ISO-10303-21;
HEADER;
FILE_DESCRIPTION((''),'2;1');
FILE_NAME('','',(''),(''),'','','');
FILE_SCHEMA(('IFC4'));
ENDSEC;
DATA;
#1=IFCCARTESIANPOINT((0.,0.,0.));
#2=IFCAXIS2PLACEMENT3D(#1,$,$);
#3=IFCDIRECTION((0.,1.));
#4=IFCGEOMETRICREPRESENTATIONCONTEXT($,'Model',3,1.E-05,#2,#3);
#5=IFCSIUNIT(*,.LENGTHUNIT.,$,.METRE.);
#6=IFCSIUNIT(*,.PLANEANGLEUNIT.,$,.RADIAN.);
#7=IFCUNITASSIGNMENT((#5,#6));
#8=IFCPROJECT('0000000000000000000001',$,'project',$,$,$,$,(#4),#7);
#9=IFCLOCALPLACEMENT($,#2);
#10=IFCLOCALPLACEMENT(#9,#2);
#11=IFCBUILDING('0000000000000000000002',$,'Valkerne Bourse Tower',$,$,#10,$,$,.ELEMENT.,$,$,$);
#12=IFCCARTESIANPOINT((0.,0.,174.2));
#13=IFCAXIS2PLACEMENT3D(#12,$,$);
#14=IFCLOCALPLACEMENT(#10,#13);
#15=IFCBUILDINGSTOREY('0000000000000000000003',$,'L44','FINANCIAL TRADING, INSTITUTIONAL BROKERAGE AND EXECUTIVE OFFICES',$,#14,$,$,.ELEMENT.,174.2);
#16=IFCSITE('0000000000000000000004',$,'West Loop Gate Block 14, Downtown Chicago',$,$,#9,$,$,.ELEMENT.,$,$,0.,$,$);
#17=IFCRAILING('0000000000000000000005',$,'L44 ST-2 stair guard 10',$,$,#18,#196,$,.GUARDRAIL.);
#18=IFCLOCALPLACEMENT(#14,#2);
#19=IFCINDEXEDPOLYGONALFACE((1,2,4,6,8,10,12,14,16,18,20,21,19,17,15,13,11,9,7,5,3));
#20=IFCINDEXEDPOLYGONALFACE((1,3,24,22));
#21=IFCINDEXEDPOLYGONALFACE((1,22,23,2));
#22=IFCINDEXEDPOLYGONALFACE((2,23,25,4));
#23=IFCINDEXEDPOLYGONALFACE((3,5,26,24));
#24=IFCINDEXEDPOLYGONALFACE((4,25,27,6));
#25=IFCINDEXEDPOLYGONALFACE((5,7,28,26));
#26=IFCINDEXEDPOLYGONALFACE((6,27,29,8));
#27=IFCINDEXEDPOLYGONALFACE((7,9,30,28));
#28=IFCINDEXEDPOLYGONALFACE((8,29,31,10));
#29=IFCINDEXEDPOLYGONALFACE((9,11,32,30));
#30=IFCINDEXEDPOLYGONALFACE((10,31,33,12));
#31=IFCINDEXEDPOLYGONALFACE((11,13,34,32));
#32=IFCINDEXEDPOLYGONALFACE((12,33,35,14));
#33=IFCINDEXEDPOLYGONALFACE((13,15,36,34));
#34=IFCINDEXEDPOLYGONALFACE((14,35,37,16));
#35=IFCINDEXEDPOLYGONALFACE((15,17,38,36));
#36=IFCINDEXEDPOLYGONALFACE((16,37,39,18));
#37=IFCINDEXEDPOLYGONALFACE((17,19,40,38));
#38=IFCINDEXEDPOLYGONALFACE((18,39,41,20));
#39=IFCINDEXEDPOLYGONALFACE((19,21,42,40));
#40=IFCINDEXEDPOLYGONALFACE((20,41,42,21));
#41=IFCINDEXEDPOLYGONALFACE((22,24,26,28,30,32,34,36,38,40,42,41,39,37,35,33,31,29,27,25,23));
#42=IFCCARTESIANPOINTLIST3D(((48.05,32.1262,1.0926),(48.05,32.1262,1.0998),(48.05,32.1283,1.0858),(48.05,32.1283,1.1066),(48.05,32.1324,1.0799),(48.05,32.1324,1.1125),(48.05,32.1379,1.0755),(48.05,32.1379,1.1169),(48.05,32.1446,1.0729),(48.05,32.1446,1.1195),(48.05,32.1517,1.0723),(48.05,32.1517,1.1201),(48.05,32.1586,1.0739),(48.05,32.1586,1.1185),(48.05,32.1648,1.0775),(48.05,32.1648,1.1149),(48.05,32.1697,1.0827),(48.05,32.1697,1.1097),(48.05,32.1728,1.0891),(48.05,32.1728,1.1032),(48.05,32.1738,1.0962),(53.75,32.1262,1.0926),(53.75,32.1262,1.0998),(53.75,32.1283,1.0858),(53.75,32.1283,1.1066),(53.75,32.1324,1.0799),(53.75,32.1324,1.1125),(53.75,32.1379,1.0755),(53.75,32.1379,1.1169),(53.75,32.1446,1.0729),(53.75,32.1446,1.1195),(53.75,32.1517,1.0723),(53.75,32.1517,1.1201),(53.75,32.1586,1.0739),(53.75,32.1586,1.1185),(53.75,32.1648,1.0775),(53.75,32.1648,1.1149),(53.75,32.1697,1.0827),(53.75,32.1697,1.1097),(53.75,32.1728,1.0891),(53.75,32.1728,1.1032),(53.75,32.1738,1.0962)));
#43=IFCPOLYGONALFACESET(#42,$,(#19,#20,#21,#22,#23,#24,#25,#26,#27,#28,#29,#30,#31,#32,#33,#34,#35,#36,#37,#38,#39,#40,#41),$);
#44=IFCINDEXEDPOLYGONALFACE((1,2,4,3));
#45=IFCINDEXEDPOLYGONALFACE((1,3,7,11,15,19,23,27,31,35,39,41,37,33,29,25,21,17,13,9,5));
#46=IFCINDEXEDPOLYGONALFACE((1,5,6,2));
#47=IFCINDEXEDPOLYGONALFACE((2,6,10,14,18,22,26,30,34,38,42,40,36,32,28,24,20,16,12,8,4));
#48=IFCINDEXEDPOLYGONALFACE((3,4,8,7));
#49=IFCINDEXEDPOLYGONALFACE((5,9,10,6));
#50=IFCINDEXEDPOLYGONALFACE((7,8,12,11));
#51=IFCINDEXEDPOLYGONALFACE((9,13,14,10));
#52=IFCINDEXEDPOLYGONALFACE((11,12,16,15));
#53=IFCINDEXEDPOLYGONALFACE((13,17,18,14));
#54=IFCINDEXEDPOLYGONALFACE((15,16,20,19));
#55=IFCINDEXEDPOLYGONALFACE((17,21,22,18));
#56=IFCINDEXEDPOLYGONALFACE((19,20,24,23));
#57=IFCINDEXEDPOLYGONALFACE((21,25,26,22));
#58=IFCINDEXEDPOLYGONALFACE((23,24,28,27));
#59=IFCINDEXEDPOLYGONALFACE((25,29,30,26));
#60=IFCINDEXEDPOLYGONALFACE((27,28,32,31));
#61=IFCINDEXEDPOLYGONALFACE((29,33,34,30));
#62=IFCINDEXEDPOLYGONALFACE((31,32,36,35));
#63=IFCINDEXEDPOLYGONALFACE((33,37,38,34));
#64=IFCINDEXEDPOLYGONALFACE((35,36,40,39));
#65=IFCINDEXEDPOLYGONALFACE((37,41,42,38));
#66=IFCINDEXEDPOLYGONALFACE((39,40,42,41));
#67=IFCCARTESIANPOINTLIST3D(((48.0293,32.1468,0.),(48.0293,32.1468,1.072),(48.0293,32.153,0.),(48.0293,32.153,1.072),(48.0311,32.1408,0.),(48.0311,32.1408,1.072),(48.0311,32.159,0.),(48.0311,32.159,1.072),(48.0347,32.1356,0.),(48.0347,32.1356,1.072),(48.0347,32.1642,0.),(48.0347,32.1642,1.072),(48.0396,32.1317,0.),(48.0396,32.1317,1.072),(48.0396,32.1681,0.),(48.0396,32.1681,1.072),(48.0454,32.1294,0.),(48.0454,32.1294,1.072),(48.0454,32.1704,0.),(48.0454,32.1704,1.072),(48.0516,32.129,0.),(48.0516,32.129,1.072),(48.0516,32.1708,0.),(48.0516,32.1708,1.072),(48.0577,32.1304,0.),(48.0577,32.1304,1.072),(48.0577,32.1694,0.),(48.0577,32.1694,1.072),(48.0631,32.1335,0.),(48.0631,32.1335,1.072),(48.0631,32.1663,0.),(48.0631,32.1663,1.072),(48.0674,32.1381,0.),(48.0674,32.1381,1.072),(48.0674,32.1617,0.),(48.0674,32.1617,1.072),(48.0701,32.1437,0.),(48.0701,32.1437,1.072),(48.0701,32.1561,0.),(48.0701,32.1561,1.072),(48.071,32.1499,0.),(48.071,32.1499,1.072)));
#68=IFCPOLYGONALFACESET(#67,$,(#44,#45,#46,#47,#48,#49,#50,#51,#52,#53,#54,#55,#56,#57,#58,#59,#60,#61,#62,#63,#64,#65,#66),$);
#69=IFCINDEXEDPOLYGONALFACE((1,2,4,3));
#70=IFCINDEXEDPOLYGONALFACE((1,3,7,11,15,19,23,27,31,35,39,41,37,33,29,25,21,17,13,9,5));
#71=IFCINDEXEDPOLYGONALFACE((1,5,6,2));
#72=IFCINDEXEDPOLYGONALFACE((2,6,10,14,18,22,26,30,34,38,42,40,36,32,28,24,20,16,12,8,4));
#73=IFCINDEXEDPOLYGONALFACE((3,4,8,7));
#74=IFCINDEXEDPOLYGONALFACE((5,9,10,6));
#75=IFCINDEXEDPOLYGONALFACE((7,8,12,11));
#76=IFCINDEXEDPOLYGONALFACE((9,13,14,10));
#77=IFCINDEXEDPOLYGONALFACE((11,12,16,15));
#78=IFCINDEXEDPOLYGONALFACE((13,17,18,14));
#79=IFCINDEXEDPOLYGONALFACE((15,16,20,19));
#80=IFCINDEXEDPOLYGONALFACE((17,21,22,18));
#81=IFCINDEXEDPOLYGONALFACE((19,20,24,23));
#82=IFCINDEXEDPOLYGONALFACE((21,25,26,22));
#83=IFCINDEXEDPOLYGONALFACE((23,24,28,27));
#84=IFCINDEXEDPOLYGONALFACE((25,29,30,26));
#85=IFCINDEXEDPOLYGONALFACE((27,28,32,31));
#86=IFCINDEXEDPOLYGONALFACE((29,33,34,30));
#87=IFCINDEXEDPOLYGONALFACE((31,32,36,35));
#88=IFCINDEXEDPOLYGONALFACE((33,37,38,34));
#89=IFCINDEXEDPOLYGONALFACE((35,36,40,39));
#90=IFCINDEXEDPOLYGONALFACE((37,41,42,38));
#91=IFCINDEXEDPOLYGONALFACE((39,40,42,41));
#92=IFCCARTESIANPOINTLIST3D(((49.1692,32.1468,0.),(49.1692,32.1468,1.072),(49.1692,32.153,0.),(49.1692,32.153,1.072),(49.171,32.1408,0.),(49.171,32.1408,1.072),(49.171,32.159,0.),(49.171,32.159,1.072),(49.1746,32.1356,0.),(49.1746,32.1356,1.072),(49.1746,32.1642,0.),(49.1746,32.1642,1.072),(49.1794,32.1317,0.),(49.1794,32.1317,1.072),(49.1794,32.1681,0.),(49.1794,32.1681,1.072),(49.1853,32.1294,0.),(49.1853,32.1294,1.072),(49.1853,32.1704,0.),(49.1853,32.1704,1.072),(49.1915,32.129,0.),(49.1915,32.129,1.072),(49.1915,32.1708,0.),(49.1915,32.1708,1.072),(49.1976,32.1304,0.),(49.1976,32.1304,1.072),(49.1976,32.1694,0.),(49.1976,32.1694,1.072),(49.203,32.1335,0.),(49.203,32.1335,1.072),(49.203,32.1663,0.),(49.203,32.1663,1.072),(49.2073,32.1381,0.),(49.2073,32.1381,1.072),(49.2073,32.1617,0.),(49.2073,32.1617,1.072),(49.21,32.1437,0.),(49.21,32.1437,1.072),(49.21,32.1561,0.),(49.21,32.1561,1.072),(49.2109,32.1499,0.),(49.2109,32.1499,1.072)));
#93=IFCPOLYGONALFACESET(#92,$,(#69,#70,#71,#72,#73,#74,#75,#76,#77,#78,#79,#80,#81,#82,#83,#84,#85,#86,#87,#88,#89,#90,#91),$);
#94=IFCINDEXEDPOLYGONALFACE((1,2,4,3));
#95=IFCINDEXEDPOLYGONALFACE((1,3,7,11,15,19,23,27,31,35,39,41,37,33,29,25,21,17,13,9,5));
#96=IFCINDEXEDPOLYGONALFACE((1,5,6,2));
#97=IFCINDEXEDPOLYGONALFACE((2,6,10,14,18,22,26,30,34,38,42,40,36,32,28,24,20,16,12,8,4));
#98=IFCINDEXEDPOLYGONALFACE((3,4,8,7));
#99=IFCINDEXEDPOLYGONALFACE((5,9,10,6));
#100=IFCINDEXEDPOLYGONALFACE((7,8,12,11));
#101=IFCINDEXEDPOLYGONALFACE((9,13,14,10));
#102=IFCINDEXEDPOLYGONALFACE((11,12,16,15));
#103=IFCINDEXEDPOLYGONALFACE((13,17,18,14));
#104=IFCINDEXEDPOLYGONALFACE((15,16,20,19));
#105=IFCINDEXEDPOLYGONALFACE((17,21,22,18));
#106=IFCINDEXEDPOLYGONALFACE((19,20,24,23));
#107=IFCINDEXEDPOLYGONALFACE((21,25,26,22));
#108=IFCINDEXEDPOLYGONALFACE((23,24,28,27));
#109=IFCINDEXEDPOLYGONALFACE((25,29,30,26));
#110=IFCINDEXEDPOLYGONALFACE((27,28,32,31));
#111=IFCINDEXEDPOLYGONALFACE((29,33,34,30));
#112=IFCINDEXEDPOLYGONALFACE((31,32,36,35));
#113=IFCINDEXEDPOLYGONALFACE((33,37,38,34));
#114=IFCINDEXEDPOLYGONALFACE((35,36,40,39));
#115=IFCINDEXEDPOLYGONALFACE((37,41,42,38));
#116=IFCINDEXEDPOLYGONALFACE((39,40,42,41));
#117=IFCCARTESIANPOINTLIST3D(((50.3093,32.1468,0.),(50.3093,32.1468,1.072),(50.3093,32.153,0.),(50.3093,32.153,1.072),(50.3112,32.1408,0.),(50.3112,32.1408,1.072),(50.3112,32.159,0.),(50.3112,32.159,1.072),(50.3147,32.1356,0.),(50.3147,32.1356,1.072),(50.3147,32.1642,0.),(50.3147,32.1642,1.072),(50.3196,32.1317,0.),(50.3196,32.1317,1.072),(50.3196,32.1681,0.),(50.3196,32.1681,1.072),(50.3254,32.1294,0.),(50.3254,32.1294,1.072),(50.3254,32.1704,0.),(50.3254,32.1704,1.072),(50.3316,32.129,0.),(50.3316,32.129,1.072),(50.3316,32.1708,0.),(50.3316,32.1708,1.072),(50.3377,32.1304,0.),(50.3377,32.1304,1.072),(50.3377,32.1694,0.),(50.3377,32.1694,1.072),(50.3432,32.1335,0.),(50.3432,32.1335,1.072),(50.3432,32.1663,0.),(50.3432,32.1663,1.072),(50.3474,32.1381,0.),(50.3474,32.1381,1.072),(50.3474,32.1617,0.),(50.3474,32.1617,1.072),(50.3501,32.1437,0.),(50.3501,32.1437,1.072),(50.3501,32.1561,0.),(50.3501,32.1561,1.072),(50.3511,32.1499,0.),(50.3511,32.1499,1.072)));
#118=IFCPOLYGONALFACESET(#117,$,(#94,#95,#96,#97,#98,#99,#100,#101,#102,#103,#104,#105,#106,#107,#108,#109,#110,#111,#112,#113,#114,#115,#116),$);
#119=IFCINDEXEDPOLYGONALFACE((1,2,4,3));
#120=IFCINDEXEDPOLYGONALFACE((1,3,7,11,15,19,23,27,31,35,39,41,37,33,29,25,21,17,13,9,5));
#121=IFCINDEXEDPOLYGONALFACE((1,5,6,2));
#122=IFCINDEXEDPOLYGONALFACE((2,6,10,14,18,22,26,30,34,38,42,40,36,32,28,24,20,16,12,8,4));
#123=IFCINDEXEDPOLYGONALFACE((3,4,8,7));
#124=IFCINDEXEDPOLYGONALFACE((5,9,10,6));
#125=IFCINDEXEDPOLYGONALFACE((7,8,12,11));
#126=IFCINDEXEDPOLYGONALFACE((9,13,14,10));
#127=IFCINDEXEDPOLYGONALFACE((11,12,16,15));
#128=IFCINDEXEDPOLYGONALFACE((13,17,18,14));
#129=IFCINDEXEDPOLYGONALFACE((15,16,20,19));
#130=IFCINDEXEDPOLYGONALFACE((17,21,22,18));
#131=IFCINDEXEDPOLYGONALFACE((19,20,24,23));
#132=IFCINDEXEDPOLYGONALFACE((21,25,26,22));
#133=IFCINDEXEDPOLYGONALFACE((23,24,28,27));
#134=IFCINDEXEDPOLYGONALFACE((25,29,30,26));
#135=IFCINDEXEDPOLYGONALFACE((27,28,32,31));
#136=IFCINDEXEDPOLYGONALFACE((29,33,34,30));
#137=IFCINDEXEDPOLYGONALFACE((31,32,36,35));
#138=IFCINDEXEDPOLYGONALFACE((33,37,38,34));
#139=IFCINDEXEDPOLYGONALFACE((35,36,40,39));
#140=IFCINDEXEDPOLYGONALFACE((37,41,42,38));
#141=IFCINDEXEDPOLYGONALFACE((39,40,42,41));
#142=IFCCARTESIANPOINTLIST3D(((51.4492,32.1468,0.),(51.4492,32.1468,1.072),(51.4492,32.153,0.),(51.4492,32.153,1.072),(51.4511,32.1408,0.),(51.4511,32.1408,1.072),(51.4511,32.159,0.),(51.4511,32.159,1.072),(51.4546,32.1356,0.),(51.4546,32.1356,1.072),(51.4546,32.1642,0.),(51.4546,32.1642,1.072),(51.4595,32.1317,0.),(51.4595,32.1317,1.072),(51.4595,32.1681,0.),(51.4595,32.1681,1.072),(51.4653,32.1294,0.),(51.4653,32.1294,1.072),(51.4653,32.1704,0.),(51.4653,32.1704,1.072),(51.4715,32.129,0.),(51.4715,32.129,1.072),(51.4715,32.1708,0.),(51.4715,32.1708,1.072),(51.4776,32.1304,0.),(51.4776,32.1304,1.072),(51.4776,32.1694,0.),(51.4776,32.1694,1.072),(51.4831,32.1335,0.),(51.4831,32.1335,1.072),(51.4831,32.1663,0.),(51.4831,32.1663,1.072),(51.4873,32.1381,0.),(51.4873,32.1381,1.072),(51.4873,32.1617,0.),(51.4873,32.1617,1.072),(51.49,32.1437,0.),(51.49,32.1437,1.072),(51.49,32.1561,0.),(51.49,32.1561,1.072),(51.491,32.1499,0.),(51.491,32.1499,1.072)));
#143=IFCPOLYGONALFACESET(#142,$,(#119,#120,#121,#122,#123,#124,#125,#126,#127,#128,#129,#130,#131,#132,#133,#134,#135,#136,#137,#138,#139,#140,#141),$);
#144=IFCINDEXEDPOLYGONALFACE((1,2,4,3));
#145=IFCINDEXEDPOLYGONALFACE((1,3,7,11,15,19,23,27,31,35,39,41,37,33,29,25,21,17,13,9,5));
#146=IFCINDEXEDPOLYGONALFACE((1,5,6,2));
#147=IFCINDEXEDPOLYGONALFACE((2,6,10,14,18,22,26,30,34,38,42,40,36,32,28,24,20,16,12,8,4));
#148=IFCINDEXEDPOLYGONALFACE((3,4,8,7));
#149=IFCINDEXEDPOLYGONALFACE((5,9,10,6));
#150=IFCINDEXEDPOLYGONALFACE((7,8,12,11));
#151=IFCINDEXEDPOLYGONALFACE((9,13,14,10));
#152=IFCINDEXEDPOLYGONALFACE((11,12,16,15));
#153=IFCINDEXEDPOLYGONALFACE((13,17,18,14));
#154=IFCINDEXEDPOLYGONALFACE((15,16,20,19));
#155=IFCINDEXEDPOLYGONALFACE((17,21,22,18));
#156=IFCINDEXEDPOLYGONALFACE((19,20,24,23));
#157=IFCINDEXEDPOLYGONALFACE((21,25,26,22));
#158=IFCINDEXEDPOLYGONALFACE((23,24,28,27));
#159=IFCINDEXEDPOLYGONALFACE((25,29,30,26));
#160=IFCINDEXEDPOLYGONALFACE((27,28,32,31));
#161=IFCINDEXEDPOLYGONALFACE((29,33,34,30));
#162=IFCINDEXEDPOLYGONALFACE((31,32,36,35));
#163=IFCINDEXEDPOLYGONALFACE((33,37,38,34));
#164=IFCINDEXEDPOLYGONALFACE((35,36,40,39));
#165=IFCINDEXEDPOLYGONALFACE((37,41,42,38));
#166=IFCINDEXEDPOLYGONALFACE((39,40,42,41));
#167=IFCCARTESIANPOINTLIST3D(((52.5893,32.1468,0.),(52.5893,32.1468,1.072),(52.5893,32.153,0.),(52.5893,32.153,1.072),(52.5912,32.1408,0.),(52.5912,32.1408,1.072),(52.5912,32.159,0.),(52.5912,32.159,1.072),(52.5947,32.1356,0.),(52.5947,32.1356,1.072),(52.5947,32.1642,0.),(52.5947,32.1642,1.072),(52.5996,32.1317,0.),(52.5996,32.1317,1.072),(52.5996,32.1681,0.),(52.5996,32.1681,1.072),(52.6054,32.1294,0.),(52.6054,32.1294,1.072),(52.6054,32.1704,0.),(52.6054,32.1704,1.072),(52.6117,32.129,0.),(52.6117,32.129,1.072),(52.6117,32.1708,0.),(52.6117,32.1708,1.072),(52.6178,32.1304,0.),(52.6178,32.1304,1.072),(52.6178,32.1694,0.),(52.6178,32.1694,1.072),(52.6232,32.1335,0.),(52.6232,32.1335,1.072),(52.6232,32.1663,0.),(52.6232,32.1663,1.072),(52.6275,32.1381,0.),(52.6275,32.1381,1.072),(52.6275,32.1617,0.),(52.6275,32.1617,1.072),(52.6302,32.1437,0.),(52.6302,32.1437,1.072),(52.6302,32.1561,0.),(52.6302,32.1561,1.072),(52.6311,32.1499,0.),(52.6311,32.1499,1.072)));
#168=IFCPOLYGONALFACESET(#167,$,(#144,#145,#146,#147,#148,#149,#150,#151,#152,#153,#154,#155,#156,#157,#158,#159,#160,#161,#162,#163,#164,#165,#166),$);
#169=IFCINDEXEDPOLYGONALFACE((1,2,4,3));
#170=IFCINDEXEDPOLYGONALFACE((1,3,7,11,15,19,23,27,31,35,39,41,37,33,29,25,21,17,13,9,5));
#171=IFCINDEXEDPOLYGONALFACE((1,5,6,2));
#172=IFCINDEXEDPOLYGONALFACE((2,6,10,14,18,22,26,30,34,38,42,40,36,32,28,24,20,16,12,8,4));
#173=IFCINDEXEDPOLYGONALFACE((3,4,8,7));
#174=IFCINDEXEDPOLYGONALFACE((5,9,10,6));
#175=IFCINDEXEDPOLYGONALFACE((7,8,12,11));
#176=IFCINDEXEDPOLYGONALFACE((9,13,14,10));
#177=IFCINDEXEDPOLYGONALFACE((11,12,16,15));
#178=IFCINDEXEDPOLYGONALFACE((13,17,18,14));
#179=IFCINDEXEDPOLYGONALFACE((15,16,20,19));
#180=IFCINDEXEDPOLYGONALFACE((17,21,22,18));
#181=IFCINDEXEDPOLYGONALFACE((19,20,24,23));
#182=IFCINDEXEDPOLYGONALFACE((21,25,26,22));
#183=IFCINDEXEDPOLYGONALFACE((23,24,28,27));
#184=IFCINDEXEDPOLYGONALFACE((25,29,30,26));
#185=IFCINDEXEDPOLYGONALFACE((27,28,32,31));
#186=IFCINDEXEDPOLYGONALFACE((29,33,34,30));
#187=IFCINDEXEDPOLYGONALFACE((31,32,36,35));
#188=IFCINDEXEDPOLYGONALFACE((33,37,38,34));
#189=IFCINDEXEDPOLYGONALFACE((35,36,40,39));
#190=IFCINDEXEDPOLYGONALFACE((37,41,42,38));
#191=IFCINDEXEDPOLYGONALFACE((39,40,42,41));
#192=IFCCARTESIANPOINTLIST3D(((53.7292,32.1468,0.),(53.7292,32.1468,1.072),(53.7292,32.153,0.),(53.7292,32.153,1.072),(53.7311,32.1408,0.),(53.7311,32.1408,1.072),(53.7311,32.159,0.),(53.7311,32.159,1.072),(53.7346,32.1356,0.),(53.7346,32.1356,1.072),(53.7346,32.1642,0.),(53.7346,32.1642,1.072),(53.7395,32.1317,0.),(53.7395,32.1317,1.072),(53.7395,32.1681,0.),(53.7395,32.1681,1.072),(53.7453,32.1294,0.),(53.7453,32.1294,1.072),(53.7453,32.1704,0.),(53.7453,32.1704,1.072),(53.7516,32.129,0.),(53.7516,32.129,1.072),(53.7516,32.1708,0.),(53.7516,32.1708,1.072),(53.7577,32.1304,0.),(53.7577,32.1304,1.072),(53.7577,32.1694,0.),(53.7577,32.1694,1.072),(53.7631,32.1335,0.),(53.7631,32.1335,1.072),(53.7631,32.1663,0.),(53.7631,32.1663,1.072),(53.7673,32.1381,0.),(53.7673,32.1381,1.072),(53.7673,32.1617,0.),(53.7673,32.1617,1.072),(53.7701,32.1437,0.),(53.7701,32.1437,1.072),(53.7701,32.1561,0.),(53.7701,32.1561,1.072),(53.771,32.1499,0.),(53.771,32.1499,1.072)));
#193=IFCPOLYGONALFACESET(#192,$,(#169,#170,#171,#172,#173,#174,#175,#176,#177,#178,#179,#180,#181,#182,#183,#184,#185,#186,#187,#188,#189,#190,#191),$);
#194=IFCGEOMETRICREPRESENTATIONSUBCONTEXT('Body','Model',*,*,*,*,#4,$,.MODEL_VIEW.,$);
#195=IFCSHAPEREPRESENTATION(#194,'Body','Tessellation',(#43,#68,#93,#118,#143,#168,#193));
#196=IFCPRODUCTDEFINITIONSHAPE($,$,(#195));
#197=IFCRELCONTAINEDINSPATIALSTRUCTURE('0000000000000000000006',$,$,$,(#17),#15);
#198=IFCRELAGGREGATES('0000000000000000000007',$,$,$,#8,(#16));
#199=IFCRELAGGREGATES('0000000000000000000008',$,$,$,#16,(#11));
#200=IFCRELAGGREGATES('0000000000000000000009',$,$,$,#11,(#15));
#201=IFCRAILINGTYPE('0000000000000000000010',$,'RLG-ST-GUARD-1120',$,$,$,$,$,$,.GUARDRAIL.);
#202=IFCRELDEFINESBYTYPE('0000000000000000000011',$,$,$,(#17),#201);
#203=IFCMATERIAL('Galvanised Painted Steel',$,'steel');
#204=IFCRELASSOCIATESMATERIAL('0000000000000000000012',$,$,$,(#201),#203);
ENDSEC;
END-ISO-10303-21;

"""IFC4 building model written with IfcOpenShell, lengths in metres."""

from ifc_helpers import new_model, si_unit, direction, frame, origin, origin_2d, place, context, subcontext, project, spatial, circle, extrude, material, type_object, element, save


model = new_model("IFC4")

# Units and contexts
model_context = context("Model", 3, precision=1e-05, world=origin(), true_north=direction((0.0, 1.0)))
body_context = subcontext(model_context, "Body", "Model", "MODEL_VIEW")
ifc_project = project(units=[si_unit("LENGTHUNIT", "METRE"), si_unit("PLANEANGLEUNIT", "RADIAN")], contexts=[model_context])

# Site, building, storey
site_placement = place(None, origin())
site = spatial("IfcSite", under=ifc_project, at=site_placement, Name="West Loop Gate Block 14, Downtown Chicago", CompositionType="ELEMENT", RefElevation=0.0)
building_placement = place(site_placement, origin())
building = spatial("IfcBuilding", under=site, at=building_placement, Name="Valkerne Bourse Tower", CompositionType="ELEMENT")
storey_placement = place(building_placement, frame((0.0, 0.0, 174.2)))
storey = spatial("IfcBuildingStorey", under=building, at=storey_placement, Name="L44", Description="FINANCIAL TRADING, INSTITUTIONAL BROKERAGE AND EXECUTIVE OFFICES", CompositionType="ELEMENT", Elevation=174.2)

# Shared definitions
ifc_material_1 = material(Name="Galvanised Painted Steel", Category="steel")

# Railing
railing_type_1 = type_object("IfcRailingType", Name="RLG-ST-GUARD-1120", PredefinedType="GUARDRAIL", material=ifc_material_1)
for number, where, name in (
    (1, (48.05, 32.1499, 0.0), "L44 ST-2 stair guard 10"),
):
    element("IfcRailing", number, at=place(storey_placement, frame(where)), inside=storey, type_object=railing_type_1, Name=name, PredefinedType="GUARDRAIL", context=body_context, shape_type="SweptSolid", body=[
        extrude(circle(Radius=0.0239, at=origin_2d()), frame((0.0, 0.0, 1.0962), z_axis=(1.0, 0.0, 0.0), x_axis=(0.0, 1.0, 0.0)), (0.0, 0.0, 1.0), 5.7),
        extrude(circle(Radius=0.021, at=origin_2d()), origin(), (0.0, 0.0, 1.0), 1.072),
        extrude(circle(Radius=0.021, at=origin_2d()), frame((1.1399, 0.0, 0.0)), (0.0, 0.0, 1.0), 1.072),
        extrude(circle(Radius=0.021, at=origin_2d()), frame((2.28, 0.0, 0.0)), (0.0, 0.0, 1.0), 1.072),
        extrude(circle(Radius=0.021, at=origin_2d()), frame((3.4199, 0.0, 0.0)), (0.0, 0.0, 1.0), 1.072),
        extrude(circle(Radius=0.021, at=origin_2d()), frame((4.5601, 0.0, 0.0)), (0.0, 0.0, 1.0), 1.072),
        extrude(circle(Radius=0.021, at=origin_2d()), frame((5.7, 0.0, 0.0)), (0.0, 0.0, 1.0), 1.072),
    ])

save(model, "model.ifc")
